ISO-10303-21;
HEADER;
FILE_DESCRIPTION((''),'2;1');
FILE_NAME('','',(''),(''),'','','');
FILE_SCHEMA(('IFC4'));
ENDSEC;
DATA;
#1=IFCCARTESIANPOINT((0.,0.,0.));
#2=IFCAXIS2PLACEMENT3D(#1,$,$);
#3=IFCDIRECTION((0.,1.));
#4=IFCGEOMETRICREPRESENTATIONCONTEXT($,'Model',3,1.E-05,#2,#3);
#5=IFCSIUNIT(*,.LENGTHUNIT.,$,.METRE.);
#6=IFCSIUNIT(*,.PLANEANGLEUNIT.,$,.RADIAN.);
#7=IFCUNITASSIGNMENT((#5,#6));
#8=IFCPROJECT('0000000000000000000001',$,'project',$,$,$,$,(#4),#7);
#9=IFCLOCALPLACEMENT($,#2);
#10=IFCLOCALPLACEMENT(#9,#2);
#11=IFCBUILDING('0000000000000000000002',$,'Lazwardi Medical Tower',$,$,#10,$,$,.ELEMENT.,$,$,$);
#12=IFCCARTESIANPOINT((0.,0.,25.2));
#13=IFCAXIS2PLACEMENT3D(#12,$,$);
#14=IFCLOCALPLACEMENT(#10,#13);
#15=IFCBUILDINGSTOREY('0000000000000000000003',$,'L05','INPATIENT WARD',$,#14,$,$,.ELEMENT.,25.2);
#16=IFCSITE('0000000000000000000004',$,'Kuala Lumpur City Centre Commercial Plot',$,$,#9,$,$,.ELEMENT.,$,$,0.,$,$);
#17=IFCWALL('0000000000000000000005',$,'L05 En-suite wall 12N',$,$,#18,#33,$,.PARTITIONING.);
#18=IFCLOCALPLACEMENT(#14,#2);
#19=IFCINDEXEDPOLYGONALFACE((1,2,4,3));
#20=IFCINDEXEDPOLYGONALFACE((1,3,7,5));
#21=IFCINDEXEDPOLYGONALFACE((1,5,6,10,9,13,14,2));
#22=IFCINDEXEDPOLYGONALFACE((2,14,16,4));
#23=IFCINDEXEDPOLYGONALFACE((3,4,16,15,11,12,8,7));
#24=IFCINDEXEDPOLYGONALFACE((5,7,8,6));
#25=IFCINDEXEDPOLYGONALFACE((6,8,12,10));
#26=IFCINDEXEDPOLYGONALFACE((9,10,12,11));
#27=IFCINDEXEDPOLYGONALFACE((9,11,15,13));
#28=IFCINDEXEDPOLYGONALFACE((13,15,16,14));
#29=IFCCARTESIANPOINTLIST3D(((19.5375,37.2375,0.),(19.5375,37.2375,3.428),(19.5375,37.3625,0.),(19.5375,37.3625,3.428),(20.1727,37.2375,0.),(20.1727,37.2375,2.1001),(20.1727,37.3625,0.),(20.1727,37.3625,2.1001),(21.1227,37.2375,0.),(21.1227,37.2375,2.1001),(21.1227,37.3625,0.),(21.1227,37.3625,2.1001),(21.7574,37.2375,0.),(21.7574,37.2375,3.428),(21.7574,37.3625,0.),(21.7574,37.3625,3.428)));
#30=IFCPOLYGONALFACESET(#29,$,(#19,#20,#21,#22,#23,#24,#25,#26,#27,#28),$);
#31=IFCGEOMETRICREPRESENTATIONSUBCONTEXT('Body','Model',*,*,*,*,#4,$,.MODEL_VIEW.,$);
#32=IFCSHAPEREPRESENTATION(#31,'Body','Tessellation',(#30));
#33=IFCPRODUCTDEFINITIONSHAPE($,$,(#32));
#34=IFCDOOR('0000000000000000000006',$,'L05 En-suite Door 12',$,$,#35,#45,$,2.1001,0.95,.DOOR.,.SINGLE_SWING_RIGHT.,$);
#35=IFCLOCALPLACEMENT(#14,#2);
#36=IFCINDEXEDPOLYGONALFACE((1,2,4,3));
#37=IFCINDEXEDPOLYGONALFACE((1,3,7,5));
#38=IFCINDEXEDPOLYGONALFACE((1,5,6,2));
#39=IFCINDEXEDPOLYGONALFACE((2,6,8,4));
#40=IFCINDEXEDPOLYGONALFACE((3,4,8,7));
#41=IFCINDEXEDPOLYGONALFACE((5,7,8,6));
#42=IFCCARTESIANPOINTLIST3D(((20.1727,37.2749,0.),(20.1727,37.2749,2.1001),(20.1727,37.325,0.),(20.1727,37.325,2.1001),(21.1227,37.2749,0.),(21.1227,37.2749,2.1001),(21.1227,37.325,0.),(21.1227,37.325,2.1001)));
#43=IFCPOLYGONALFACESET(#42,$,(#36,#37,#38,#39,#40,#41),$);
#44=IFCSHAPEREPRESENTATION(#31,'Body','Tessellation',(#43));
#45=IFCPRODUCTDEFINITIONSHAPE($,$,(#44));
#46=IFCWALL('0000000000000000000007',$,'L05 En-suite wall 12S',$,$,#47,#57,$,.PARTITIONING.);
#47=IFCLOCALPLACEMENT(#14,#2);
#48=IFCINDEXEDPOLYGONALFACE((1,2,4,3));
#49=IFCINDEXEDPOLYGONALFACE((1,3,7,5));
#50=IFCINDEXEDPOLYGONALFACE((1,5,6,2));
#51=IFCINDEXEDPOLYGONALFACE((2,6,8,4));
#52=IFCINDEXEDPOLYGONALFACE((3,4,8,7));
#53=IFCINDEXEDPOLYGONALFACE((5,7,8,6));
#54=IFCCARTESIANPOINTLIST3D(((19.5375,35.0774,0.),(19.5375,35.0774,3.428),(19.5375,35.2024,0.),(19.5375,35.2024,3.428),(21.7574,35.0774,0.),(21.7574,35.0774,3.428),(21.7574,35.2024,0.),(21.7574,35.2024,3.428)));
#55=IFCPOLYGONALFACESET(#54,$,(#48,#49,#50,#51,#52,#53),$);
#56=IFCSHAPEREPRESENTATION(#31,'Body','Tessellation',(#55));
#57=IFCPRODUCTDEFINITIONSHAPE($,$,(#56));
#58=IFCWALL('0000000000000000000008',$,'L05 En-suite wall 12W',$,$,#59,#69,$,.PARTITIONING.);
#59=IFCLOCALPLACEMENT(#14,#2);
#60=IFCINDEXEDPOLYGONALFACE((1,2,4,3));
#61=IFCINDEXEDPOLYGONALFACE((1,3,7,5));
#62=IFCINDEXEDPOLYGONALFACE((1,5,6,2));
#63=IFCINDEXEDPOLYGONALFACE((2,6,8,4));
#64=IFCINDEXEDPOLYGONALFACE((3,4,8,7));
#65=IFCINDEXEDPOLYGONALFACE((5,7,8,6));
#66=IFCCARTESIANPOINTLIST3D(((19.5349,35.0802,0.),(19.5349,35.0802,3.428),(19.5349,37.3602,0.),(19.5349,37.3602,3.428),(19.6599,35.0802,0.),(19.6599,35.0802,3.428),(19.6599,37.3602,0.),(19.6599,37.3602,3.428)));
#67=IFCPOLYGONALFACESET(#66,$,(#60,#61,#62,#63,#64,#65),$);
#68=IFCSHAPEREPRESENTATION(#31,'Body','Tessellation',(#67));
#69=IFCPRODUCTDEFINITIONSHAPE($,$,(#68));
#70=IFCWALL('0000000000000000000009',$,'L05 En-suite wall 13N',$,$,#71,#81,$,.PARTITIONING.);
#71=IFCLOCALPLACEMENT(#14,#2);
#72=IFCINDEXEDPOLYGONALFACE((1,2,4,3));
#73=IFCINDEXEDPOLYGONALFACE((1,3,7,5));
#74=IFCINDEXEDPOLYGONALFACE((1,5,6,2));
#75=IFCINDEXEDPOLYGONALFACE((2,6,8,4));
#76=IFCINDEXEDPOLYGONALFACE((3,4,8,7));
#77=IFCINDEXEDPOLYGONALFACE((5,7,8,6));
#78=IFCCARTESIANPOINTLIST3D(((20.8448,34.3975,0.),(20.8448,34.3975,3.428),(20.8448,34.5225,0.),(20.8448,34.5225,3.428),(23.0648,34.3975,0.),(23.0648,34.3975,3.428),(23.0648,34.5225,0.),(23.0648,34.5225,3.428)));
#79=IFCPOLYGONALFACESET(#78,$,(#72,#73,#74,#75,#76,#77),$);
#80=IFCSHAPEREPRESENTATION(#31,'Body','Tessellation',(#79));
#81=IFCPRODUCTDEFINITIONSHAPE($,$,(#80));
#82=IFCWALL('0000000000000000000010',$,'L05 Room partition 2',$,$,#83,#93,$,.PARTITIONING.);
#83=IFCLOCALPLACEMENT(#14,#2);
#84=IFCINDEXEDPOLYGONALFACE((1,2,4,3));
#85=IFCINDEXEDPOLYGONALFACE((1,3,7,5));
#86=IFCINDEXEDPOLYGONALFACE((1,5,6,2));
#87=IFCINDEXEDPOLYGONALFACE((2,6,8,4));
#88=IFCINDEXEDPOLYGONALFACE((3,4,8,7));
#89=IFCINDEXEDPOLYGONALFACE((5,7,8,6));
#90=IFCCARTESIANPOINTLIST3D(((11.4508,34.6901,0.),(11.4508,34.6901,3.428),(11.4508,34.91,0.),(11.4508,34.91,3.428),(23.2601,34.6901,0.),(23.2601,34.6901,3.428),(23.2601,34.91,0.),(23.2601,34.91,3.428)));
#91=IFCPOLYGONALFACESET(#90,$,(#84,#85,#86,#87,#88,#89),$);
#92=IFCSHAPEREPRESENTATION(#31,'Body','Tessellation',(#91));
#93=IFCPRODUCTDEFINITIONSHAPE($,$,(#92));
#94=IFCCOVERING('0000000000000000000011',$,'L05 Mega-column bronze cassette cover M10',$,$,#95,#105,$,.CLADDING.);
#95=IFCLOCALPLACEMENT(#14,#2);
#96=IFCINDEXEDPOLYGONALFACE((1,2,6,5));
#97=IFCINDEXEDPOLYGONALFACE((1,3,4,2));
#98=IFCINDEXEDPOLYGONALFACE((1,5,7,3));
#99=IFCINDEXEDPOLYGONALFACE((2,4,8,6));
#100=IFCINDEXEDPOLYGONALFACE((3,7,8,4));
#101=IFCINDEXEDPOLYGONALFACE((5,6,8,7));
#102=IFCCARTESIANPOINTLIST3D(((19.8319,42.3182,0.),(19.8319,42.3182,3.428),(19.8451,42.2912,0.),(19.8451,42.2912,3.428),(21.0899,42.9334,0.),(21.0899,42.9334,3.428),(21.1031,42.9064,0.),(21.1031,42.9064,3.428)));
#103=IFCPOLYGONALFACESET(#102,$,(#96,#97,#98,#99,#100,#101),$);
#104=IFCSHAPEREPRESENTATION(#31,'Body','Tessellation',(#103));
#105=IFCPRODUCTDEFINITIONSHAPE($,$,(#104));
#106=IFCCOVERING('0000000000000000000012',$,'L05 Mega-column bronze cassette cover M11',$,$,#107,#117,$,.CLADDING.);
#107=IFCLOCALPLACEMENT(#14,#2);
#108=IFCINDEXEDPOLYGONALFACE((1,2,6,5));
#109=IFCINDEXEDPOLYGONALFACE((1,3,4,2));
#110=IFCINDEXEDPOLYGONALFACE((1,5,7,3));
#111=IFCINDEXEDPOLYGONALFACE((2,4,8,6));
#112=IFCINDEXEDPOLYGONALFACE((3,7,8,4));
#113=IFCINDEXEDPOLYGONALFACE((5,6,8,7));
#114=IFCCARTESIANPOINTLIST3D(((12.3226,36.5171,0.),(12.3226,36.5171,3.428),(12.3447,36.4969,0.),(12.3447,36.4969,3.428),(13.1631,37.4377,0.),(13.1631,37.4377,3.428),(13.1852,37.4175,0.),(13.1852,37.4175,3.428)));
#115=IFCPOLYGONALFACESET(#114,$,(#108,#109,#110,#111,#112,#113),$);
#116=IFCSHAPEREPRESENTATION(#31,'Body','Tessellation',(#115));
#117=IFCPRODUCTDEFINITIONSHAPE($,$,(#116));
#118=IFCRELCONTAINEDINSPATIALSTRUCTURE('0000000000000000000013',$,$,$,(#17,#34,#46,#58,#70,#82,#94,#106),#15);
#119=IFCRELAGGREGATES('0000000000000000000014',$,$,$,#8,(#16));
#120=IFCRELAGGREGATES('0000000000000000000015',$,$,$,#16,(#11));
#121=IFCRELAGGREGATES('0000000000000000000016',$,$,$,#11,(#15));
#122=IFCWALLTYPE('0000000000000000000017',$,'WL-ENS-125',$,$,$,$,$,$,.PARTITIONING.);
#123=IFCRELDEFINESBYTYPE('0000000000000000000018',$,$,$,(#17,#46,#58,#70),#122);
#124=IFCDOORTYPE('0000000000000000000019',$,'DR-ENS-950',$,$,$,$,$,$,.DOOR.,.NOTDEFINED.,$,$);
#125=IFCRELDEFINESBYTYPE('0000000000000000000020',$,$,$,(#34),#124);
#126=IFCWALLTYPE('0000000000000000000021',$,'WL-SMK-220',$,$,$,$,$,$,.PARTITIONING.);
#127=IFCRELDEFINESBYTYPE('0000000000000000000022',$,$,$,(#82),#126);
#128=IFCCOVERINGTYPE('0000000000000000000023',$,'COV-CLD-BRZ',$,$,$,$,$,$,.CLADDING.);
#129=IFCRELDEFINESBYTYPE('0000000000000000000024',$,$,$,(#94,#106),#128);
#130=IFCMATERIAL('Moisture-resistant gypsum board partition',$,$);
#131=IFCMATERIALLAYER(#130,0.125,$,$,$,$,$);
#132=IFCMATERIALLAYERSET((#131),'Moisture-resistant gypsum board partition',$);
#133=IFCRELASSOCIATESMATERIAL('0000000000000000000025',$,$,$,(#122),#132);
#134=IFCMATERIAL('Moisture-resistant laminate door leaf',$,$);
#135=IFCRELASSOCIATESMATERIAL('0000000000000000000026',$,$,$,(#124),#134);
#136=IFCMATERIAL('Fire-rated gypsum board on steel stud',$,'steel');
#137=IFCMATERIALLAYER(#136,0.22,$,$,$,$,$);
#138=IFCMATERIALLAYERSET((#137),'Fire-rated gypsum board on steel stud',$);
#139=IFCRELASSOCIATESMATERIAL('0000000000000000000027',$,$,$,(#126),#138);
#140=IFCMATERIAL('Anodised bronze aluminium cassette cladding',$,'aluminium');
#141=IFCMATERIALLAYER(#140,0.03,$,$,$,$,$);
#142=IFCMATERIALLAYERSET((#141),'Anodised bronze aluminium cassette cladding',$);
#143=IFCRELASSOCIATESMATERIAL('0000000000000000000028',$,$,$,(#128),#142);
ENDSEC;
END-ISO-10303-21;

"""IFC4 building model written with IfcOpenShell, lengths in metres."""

from ifc_helpers import new_model, si_unit, direction, frame, frame_2d, origin, origin_2d, place, context, subcontext, project, spatial, rectangle, extrude, material, layer, layer_set, type_object, element, fill, save


model = new_model("IFC4")

# Units and contexts
model_context = context("Model", 3, precision=1e-05, world=origin(), true_north=direction((0.0, 1.0)))
body_context = subcontext(model_context, "Body", "Model", "MODEL_VIEW")
ifc_project = project(units=[si_unit("LENGTHUNIT", "METRE"), si_unit("PLANEANGLEUNIT", "RADIAN")], contexts=[model_context])

# Site, building, storey
site_placement = place(None, origin())
site = spatial("IfcSite", under=ifc_project, at=site_placement, Name="Kuala Lumpur City Centre Commercial Plot", CompositionType="ELEMENT", RefElevation=0.0)
building_placement = place(site_placement, origin())
building = spatial("IfcBuilding", under=site, at=building_placement, Name="Lazwardi Medical Tower", CompositionType="ELEMENT")
storey_placement = place(building_placement, frame((0.0, 0.0, 25.2)))
storey = spatial("IfcBuildingStorey", under=building, at=storey_placement, Name="L05", Description="INPATIENT WARD", CompositionType="ELEMENT", Elevation=25.2)

# Wall, opening, door
ifc_material_1 = material(Name="Moisture-resistant gypsum board partition")
ifc_layer_1 = layer(ifc_material_1, 0.125)
ifc_layer_set_1 = layer_set([ifc_layer_1], Name="Moisture-resistant gypsum board partition")
wall_type_1 = type_object("IfcWallType", Name="WL-ENS-125", PredefinedType="PARTITIONING", material=ifc_layer_set_1)
wall_1_placement = place(storey_placement, frame((19.5376, 37.3, 0.0), z_axis=(0.0, 0.0, 1.0), x_axis=(1.0, 0.0, 0.0)))
wall_1 = element("IfcWall", 1, at=wall_1_placement, inside=storey, type_object=wall_type_1, Name="L05 En-suite wall 12N", PredefinedType="PARTITIONING", context=body_context, shape_type="SweptSolid", body=[
    extrude(rectangle(XDim=2.22, YDim=0.125, at=frame_2d((1.1099, 0.0))), origin(), (0.0, 0.0, 1.0), 3.428),
])
opening_placement = place(wall_1_placement, frame((0.635, 0.0, 0.0)))
opening = element("IfcOpeningElement", 2, at=opening_placement, cuts=wall_1, PredefinedType="OPENING", context=body_context, shape_type="SweptSolid", body=[
    extrude(rectangle(XDim=0.95, YDim=2.1001, at=frame_2d((0.4751, 1.05))), frame((0.0, 0.0725, 0.0), z_axis=(0.0, -1.0, 0.0), x_axis=(1.0, 0.0, 0.0)), (0.0, 0.0, 1.0), 0.145),
])
ifc_material_2 = material(Name="Moisture-resistant laminate door leaf")
door_type = type_object("IfcDoorType", Name="DR-ENS-950", OperationType="NOTDEFINED", PredefinedType="DOOR", material=ifc_material_2)
door_placement = place(opening_placement, origin())
door = element("IfcDoor", 3, at=door_placement, inside=storey, type_object=door_type, Name="L05 En-suite Door 12", OperationType="SINGLE_SWING_RIGHT", OverallHeight=2.1001, OverallWidth=0.95, PredefinedType="DOOR", context=body_context, shape_type="SweptSolid", body=[
    extrude(rectangle(XDim=0.95, YDim=2.1001, at=frame_2d((0.4751, 1.05))), frame((0.0, 0.0249, 0.0), z_axis=(0.0, -1.0, 0.0), x_axis=(1.0, 0.0, 0.0)), (0.0, 0.0, 1.0), 0.05),
])
fill(opening, door)

# Walls
wall_2_placement = place(storey_placement, frame((19.5376, 35.1399, 0.0), z_axis=(0.0, 0.0, 1.0), x_axis=(1.0, 0.0, 0.0)))
element("IfcWall", 4, at=wall_2_placement, inside=storey, type_object=wall_type_1, Name="L05 En-suite wall 12S", PredefinedType="PARTITIONING", context=body_context, shape_type="SweptSolid", body=[
    extrude(rectangle(XDim=2.22, YDim=0.125, at=frame_2d((1.1099, 0.0))), origin(), (0.0, 0.0, 1.0), 3.428),
])
wall_3_placement = place(storey_placement, frame((19.5974, 35.0801, 0.0), z_axis=(0.0, 0.0, 1.0), x_axis=(0.0, 1.0, 0.0)))
element("IfcWall", 5, at=wall_3_placement, inside=storey, type_object=wall_type_1, Name="L05 En-suite wall 12W", PredefinedType="PARTITIONING", context=body_context, shape_type="SweptSolid", body=[
    extrude(rectangle(XDim=2.28, YDim=0.125, at=frame_2d((1.1401, 0.0))), origin(), (0.0, 0.0, 1.0), 3.428),
])
wall_4_placement = place(storey_placement, frame((20.845, 34.46, 0.0), z_axis=(0.0, 0.0, 1.0), x_axis=(1.0, 0.0, 0.0)))
element("IfcWall", 6, at=wall_4_placement, inside=storey, type_object=wall_type_1, Name="L05 En-suite wall 13N", PredefinedType="PARTITIONING", context=body_context, shape_type="SweptSolid", body=[
    extrude(rectangle(XDim=2.22, YDim=0.125, at=frame_2d((1.1099, 0.0))), origin(), (0.0, 0.0, 1.0), 3.428),
])
ifc_material_3 = material(Name="Fire-rated gypsum board on steel stud", Category="steel")
ifc_layer_2 = layer(ifc_material_3, 0.22)
ifc_layer_set_2 = layer_set([ifc_layer_2], Name="Fire-rated gypsum board on steel stud")
wall_type_2 = type_object("IfcWallType", Name="WL-SMK-220", PredefinedType="PARTITIONING", material=ifc_layer_set_2)
wall_5_placement = place(storey_placement, frame((11.4507, 34.8, 0.0), z_axis=(0.0, 0.0, 1.0), x_axis=(1.0, 0.0, 0.0)))
element("IfcWall", 7, at=wall_5_placement, inside=storey, type_object=wall_type_2, Name="L05 Room partition 2", PredefinedType="PARTITIONING", context=body_context, shape_type="SweptSolid", body=[
    extrude(rectangle(XDim=11.8093, YDim=0.22, at=frame_2d((5.9048, 0.0))), origin(), (0.0, 0.0, 1.0), 3.428),
])

# Coverings
ifc_material_4 = material(Name="Anodised bronze aluminium cassette cladding", Category="aluminium")
ifc_layer_3 = layer(ifc_material_4, 0.03)
ifc_layer_set_3 = layer_set([ifc_layer_3], Name="Anodised bronze aluminium cassette cladding")
covering_type = type_object("IfcCoveringType", Name="COV-CLD-BRZ", PredefinedType="CLADDING", material=ifc_layer_set_3)
covering_1_placement = place(storey_placement, frame((20.4675, 42.6123, 0.0), z_axis=(0.0, 0.0, 1.0), x_axis=(-0.898334, -0.439312, 0.0)))
element("IfcCovering", 8, at=covering_1_placement, inside=storey, type_object=covering_type, Name="L05 Mega-column bronze cassette cover M10", PredefinedType="CLADDING", context=body_context, shape_type="SweptSolid", body=[
    extrude(rectangle(XDim=1.4004, YDim=0.03, at=origin_2d()), origin(), (0.0, 0.0, 1.0), 3.428),
])
covering_2_placement = place(storey_placement, frame((12.7539, 36.9673, 0.0), z_axis=(0.0, 0.0, 1.0), x_axis=(-0.674252, -0.738501, 0.0)))
element("IfcCovering", 9, at=covering_2_placement, inside=storey, type_object=covering_type, Name="L05 Mega-column bronze cassette cover M11", PredefinedType="CLADDING", context=body_context, shape_type="SweptSolid", body=[
    extrude(rectangle(XDim=1.2466, YDim=0.03, at=origin_2d()), origin(), (0.0, 0.0, 1.0), 3.428),
])

save(model, "model.ifc")
